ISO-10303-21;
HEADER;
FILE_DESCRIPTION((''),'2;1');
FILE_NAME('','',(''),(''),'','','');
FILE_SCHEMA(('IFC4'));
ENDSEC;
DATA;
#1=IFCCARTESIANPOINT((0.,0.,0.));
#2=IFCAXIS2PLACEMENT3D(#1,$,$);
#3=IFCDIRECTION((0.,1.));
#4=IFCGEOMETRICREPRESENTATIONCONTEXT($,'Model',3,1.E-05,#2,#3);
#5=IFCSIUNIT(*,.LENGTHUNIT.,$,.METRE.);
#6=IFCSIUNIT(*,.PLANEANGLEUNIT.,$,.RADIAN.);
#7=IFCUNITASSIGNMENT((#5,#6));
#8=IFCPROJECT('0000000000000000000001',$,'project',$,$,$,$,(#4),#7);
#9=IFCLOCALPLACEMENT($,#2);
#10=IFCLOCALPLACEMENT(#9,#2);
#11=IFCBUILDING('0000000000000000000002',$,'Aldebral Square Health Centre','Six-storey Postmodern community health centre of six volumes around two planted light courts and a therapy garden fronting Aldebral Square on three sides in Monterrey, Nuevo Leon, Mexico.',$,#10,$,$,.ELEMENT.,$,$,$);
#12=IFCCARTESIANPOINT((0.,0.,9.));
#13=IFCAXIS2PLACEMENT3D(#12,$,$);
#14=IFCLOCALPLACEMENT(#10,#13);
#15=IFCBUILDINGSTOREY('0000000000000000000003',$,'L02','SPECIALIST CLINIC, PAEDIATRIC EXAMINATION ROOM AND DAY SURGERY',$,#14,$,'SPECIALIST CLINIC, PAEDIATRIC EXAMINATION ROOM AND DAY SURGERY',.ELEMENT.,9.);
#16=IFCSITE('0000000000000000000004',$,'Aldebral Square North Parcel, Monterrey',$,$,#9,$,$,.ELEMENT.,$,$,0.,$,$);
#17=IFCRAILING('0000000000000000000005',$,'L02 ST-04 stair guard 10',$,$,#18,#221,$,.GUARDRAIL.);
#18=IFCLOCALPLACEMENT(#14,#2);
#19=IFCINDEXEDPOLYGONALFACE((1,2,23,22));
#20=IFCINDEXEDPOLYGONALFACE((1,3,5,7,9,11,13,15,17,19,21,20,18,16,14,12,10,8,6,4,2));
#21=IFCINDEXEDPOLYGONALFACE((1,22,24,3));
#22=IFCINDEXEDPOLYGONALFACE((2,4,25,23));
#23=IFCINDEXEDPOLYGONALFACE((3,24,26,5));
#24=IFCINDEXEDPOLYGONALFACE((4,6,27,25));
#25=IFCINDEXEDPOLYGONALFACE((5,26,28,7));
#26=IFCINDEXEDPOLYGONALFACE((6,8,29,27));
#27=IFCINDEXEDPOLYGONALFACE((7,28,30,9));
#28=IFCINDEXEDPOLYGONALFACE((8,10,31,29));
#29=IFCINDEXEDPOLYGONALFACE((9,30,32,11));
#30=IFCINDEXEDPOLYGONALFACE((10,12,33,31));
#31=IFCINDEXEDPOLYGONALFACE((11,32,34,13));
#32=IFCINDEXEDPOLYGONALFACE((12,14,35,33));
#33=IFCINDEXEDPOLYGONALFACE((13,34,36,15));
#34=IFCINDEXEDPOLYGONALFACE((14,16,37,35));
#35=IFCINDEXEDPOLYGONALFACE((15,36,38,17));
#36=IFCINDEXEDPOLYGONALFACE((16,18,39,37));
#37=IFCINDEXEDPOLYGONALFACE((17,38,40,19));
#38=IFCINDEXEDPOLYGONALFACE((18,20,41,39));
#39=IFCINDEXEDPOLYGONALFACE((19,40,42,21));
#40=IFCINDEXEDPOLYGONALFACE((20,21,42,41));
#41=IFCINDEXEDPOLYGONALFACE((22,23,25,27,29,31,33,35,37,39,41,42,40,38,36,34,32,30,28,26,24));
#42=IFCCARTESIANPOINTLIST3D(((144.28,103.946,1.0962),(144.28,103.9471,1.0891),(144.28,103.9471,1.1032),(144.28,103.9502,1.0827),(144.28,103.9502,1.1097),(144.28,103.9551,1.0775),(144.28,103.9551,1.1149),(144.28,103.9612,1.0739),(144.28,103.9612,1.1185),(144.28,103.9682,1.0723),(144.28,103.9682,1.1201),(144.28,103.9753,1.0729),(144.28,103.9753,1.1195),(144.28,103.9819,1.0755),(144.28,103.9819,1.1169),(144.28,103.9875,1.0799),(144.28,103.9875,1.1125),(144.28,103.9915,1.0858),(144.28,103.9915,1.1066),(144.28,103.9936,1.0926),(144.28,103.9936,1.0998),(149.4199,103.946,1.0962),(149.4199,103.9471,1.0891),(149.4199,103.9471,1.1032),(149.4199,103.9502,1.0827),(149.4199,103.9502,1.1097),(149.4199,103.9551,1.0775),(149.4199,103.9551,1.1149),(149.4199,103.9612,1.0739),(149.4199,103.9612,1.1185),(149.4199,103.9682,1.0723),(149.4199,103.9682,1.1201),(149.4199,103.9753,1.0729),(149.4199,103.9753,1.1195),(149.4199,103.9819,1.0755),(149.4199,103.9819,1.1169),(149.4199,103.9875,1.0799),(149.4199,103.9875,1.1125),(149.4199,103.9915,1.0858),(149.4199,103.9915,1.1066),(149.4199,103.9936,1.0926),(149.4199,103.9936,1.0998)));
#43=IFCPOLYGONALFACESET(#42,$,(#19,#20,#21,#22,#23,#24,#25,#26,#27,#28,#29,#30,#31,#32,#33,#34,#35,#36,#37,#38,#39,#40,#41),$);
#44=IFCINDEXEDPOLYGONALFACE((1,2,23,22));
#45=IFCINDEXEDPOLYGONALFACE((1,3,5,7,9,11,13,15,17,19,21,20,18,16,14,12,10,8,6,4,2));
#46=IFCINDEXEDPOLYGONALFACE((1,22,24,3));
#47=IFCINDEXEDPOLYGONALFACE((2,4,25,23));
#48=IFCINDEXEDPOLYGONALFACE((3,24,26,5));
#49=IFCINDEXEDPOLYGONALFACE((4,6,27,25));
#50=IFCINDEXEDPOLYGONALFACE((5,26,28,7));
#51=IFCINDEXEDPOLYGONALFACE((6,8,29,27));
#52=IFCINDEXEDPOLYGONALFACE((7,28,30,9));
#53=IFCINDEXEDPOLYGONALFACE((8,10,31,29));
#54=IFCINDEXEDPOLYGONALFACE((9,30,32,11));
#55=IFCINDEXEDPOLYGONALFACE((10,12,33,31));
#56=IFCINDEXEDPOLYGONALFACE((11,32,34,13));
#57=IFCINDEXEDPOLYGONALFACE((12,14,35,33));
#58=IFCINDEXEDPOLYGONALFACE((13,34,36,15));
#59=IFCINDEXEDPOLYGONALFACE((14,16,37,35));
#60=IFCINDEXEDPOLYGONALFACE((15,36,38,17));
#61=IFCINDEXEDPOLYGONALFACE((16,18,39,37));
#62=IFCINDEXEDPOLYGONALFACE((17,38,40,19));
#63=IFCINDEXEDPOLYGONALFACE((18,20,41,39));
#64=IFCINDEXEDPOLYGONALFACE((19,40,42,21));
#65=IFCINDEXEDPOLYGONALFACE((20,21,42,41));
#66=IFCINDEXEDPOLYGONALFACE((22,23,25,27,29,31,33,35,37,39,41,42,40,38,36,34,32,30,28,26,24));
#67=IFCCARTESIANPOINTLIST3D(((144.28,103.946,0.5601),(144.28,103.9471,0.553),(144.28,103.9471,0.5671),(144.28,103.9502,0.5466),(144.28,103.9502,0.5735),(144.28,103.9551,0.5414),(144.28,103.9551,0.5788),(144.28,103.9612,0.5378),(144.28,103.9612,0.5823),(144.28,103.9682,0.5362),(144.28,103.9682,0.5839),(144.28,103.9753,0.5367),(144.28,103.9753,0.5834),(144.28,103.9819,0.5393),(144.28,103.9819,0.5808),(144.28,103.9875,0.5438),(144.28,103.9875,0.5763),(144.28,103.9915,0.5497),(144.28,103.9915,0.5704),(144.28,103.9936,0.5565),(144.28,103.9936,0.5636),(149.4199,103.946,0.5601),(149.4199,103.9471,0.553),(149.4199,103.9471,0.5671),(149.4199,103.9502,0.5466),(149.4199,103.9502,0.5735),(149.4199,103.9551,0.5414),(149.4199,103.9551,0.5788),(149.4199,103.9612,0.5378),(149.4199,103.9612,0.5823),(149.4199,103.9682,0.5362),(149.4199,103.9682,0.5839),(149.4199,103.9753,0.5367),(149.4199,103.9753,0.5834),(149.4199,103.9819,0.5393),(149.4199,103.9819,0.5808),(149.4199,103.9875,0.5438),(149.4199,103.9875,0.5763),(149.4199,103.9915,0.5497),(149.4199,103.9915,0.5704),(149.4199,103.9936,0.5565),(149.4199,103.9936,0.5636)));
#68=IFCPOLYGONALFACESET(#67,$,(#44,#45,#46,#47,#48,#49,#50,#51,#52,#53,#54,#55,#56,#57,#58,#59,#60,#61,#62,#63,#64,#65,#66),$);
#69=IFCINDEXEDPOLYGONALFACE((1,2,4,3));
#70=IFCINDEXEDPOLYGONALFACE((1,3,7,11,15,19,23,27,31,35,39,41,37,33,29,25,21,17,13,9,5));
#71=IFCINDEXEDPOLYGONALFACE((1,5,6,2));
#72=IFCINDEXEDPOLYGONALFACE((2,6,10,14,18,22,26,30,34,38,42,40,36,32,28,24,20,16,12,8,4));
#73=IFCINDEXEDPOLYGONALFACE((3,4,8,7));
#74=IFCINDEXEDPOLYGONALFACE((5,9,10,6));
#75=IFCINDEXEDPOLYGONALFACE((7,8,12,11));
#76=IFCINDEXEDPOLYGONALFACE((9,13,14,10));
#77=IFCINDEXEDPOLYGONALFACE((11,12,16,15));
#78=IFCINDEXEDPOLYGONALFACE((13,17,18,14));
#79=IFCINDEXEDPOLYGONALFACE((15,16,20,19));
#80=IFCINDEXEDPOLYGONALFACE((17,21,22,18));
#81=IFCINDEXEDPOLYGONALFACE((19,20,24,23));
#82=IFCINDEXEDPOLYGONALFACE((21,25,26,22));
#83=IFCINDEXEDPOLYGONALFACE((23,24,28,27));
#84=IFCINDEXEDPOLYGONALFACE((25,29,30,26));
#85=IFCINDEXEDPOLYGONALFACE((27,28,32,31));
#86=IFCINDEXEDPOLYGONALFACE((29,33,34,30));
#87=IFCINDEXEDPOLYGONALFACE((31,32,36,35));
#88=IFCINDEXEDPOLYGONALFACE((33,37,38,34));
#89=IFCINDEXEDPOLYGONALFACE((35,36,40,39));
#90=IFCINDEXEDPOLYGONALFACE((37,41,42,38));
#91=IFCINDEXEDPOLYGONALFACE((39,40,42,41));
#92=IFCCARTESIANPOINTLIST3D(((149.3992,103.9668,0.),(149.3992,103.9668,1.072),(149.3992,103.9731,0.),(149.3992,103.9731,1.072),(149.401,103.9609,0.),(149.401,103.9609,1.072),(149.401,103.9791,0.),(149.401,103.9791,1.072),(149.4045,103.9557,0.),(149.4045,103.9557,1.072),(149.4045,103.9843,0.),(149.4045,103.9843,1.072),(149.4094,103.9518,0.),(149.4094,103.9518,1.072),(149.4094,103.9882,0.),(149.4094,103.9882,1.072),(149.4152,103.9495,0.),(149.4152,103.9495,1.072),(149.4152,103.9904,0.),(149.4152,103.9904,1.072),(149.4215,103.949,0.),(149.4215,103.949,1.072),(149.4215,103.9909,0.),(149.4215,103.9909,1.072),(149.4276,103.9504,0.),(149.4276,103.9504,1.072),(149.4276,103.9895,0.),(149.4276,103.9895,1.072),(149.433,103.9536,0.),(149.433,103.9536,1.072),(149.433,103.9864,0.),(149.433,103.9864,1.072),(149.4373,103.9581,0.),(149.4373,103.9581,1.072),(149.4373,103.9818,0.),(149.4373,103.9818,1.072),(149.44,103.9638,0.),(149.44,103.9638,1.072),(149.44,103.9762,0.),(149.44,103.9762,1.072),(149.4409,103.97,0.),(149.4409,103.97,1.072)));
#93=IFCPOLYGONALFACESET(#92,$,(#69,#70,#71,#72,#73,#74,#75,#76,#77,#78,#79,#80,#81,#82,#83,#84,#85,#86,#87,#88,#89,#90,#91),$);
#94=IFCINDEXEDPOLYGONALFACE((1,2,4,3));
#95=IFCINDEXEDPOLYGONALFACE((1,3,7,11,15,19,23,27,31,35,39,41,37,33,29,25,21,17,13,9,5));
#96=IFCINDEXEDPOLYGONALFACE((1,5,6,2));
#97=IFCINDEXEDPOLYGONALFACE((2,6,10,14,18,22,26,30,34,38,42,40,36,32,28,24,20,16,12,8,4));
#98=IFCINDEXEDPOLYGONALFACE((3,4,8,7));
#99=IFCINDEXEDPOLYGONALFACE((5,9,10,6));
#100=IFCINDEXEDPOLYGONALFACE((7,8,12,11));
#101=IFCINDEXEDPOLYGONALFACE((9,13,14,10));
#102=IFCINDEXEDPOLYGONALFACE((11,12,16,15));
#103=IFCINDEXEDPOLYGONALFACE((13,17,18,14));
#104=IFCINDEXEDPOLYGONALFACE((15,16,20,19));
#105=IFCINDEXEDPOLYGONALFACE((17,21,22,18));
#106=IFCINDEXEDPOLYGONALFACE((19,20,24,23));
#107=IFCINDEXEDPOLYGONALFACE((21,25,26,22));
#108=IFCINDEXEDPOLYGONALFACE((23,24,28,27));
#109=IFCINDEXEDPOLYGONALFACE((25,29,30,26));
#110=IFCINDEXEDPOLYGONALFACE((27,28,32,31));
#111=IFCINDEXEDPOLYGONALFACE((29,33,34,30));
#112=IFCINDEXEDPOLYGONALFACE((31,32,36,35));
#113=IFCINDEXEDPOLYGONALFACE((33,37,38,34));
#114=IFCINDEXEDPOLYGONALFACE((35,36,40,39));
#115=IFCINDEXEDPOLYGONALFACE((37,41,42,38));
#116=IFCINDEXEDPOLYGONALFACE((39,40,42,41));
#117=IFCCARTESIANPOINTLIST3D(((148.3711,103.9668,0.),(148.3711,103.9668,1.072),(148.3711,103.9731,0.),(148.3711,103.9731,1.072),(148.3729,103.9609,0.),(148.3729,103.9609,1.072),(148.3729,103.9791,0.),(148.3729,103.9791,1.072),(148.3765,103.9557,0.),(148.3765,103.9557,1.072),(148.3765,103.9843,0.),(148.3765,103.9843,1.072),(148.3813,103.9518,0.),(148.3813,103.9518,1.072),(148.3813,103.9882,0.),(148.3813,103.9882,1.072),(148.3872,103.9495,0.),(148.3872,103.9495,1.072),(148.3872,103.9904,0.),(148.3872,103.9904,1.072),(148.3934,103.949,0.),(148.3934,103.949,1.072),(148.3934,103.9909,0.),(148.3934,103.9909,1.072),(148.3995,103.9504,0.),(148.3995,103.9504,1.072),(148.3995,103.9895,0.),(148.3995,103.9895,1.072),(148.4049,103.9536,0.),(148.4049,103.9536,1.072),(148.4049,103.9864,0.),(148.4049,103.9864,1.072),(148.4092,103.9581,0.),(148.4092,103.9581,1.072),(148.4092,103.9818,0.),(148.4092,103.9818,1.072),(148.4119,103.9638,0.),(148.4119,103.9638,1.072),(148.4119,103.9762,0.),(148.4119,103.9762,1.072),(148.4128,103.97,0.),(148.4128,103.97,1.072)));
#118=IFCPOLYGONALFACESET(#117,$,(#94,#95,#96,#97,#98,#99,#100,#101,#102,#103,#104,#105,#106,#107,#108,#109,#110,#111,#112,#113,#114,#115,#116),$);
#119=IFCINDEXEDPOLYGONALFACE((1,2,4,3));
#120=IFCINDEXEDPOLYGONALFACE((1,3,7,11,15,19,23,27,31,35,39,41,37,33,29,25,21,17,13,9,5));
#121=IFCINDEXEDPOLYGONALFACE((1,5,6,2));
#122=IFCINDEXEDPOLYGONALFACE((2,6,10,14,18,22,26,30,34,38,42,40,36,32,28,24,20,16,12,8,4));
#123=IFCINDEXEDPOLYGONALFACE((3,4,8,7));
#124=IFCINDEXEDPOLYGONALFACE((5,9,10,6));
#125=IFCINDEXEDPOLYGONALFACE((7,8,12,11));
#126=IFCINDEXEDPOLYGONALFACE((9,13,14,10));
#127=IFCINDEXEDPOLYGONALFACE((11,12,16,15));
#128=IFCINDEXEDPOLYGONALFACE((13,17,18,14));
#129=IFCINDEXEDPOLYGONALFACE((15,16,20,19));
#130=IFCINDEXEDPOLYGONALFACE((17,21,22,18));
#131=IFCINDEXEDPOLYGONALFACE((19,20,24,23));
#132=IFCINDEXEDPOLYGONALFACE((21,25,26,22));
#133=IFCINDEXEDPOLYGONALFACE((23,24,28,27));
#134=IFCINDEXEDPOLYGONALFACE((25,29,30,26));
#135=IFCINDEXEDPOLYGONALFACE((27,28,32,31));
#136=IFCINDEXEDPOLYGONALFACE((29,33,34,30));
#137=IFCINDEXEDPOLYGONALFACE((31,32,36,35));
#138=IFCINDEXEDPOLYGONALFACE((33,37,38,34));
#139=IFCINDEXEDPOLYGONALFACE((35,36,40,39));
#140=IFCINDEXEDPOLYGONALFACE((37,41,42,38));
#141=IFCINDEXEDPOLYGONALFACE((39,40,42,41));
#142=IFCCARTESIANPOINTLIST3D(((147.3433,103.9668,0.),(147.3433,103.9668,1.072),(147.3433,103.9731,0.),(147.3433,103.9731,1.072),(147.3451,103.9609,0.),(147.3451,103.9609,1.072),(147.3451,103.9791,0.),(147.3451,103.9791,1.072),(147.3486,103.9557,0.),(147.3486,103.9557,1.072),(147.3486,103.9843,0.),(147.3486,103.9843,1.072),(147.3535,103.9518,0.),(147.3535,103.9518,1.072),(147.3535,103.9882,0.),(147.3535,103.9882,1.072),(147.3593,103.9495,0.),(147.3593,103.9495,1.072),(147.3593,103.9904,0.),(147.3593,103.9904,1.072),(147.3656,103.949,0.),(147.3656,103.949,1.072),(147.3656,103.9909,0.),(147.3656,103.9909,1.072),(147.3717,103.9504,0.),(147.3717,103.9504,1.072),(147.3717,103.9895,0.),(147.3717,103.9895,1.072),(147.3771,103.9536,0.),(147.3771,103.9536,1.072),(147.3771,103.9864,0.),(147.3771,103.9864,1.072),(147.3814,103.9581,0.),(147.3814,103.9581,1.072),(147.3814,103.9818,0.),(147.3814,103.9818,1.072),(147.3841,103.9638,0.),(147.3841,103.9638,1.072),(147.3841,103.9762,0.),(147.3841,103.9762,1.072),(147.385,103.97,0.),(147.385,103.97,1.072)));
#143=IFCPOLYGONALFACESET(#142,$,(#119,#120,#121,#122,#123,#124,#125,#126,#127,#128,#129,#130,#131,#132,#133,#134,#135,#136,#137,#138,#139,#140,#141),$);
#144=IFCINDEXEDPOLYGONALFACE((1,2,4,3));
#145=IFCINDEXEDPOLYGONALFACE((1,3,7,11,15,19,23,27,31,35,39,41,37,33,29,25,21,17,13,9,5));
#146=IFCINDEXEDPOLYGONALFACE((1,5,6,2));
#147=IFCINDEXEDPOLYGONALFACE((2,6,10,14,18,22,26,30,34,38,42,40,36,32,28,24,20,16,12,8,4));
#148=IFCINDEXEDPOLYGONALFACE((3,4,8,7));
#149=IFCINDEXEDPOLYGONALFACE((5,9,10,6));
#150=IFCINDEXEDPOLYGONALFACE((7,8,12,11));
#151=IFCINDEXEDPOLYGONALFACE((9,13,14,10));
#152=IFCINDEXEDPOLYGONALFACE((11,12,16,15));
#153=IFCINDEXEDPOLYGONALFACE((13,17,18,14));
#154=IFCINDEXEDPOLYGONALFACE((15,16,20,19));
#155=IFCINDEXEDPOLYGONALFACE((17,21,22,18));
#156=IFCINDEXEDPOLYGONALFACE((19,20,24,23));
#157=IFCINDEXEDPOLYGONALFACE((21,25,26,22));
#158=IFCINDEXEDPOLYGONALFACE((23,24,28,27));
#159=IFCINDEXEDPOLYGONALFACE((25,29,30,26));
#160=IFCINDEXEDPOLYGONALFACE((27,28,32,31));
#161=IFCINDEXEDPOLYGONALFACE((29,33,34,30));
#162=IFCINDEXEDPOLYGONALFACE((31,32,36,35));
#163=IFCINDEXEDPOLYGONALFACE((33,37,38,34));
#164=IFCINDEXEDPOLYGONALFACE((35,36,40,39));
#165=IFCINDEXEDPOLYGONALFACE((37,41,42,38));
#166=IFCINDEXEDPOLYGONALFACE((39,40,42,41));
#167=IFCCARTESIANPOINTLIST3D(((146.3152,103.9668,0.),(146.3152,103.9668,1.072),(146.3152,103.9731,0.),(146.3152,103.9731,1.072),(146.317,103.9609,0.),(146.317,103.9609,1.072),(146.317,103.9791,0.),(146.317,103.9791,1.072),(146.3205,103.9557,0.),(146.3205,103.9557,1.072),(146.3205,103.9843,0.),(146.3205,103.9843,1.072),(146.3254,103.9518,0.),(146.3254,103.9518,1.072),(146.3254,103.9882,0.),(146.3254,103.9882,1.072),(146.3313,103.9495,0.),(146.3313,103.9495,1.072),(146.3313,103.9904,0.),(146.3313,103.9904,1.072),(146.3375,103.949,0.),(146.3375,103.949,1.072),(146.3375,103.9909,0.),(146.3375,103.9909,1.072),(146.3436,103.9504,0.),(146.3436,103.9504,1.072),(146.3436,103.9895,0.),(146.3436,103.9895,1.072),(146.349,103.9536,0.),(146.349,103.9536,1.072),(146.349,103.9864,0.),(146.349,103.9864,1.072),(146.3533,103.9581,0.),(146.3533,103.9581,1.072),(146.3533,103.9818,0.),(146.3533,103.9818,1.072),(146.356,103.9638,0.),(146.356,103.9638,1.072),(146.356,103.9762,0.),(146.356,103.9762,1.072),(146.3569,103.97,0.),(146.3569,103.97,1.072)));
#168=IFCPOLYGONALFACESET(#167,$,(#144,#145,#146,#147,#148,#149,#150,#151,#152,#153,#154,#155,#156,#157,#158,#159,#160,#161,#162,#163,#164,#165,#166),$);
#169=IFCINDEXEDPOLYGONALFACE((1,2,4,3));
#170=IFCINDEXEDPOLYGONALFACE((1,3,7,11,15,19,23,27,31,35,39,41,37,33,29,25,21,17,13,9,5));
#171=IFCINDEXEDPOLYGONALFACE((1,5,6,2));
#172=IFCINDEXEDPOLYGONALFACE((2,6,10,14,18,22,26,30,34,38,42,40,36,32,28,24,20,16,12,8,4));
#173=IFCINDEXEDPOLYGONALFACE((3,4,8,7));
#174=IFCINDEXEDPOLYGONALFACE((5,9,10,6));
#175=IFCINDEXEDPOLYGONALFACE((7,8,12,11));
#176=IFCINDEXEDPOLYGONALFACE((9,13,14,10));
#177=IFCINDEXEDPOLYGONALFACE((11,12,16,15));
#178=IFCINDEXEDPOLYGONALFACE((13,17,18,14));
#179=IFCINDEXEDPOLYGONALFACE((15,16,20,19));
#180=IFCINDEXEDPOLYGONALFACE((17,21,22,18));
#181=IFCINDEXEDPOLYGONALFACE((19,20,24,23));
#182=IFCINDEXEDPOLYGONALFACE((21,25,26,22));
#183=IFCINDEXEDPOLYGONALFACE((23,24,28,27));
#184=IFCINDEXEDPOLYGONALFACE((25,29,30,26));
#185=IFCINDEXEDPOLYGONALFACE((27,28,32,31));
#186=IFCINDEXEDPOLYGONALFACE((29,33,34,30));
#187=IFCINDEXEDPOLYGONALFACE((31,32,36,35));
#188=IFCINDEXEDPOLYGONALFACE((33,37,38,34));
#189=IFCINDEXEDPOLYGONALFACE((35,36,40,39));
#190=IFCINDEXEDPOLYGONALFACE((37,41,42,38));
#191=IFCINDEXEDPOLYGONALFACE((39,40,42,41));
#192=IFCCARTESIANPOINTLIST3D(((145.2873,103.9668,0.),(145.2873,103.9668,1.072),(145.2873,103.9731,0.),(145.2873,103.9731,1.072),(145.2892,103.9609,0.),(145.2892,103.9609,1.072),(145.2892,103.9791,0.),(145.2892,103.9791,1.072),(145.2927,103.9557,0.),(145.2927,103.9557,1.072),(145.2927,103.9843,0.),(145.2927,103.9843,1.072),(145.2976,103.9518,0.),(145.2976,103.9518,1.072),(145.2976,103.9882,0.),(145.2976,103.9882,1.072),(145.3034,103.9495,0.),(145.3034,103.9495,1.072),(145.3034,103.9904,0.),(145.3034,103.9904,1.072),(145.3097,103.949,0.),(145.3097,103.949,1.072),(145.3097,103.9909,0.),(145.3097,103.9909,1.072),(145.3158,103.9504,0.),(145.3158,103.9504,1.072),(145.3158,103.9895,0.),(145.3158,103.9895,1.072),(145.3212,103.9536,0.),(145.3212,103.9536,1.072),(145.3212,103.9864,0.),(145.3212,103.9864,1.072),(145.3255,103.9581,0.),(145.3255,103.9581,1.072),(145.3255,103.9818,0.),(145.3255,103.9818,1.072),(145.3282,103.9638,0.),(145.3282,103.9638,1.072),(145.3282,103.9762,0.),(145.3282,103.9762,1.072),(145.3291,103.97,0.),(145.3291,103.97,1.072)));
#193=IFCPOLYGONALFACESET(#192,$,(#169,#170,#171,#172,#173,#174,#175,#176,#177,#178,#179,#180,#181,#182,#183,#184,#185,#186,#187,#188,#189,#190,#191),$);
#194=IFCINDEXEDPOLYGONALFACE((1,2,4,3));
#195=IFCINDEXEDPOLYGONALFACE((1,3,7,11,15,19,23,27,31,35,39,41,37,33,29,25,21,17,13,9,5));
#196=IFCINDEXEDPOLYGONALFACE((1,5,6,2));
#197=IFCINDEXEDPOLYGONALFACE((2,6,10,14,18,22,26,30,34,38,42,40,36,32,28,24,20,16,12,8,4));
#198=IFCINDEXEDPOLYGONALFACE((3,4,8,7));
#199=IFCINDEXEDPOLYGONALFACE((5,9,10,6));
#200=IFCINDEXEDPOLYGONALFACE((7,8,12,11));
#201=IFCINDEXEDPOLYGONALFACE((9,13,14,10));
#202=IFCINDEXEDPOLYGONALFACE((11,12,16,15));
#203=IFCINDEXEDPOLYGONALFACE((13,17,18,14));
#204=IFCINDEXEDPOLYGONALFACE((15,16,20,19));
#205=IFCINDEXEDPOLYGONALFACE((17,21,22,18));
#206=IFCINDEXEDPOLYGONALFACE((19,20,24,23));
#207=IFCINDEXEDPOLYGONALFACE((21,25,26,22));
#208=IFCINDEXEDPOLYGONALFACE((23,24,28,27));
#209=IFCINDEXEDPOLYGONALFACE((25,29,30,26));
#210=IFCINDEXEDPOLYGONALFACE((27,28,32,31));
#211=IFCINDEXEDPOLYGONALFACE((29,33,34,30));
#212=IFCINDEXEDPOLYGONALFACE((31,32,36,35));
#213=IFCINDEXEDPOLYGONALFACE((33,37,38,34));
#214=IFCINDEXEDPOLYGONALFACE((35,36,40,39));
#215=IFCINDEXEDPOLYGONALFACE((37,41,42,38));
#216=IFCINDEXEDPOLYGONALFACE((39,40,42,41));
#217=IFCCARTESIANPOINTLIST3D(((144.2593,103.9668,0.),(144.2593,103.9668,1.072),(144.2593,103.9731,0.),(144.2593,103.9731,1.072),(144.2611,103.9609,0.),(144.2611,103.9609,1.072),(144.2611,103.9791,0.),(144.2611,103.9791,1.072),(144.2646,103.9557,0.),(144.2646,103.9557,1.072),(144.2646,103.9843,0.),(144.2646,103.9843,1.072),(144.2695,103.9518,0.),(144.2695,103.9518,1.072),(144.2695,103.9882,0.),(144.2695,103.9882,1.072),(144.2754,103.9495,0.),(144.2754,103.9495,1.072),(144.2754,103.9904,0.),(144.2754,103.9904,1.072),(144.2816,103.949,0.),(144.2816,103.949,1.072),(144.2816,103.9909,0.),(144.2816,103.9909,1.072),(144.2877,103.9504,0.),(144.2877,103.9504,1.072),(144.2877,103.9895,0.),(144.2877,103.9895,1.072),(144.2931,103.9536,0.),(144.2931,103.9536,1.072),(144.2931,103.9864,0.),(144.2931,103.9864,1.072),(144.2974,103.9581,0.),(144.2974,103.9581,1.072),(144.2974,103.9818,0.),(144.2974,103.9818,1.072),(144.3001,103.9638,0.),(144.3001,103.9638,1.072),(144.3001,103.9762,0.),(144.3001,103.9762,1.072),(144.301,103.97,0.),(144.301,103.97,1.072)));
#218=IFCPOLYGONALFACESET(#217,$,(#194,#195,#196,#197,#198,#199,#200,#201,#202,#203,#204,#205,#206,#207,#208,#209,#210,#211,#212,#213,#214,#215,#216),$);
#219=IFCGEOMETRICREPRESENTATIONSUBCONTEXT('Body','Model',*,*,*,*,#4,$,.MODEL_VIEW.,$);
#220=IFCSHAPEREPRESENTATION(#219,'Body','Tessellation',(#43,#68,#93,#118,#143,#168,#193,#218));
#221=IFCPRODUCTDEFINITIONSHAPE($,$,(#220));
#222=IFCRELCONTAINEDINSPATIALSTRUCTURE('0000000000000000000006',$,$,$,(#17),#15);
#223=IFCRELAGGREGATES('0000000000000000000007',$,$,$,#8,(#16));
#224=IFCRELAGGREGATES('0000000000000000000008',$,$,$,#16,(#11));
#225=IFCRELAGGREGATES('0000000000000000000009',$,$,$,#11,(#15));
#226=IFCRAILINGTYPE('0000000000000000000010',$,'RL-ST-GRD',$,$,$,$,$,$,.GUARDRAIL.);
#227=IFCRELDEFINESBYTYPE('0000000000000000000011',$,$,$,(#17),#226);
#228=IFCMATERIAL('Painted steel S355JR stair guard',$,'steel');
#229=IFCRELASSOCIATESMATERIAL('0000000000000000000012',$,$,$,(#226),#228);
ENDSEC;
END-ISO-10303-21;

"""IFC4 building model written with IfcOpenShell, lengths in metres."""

from ifc_helpers import new_model, si_unit, direction, frame, origin, origin_2d, place, context, subcontext, project, spatial, circle, extrude, material, type_object, element, save


model = new_model("IFC4")

# Units and contexts
model_context = context("Model", 3, precision=1e-05, world=origin(), true_north=direction((0.0, 1.0)))
body_context = subcontext(model_context, "Body", "Model", "MODEL_VIEW")
ifc_project = project(units=[si_unit("LENGTHUNIT", "METRE"), si_unit("PLANEANGLEUNIT", "RADIAN")], contexts=[model_context])

# Site, building, storey
site_placement = place(None, origin())
site = spatial("IfcSite", under=ifc_project, at=site_placement, Name="Aldebral Square North Parcel, Monterrey", CompositionType="ELEMENT", RefElevation=0.0)
building_placement = place(site_placement, origin())
building = spatial("IfcBuilding", under=site, at=building_placement, Name="Aldebral Square Health Centre", Description="Six-storey Postmodern community health centre of six volumes around two planted light courts and a therapy garden fronting Aldebral Square on three sides in Monterrey, Nuevo Leon, Mexico.", CompositionType="ELEMENT")
storey_placement = place(building_placement, frame((0.0, 0.0, 9.0)))
storey = spatial("IfcBuildingStorey", under=building, at=storey_placement, Name="L02", Description="SPECIALIST CLINIC, PAEDIATRIC EXAMINATION ROOM AND DAY SURGERY", LongName="SPECIALIST CLINIC, PAEDIATRIC EXAMINATION ROOM AND DAY SURGERY", CompositionType="ELEMENT", Elevation=9.0)

# Railing
ifc_material_1 = material(Name="Painted steel S355JR stair guard", Category="steel")
railing_type_1 = type_object("IfcRailingType", Name="RL-ST-GRD", PredefinedType="GUARDRAIL", material=ifc_material_1)
railing_1_placement = place(storey_placement, frame((149.4199, 103.97, 0.0)))
element("IfcRailing", 1, at=railing_1_placement, inside=storey, type_object=railing_type_1, Name="L02 ST-04 stair guard 10", PredefinedType="GUARDRAIL", context=body_context, shape_type="SweptSolid", body=[
    extrude(circle(Radius=0.0239, at=origin_2d()), frame((0.0, 0.0, 1.0962), z_axis=(-1.0, 0.0, 0.0), x_axis=(0.0, -1.0, 0.0)), (0.0, 0.0, 1.0), 5.1399),
    extrude(circle(Radius=0.0239, at=origin_2d()), frame((0.0, 0.0, 0.5601), z_axis=(-1.0, 0.0, 0.0), x_axis=(0.0, -1.0, 0.0)), (0.0, 0.0, 1.0), 5.1399),
    extrude(circle(Radius=0.021, at=origin_2d()), origin(), (0.0, 0.0, 1.0), 1.072),
    extrude(circle(Radius=0.021, at=origin_2d()), frame((-1.0281, 0.0, 0.0)), (0.0, 0.0, 1.0), 1.072),
    extrude(circle(Radius=0.021, at=origin_2d()), frame((-2.0559, 0.0, 0.0)), (0.0, 0.0, 1.0), 1.072),
    extrude(circle(Radius=0.021, at=origin_2d()), frame((-3.084, 0.0, 0.0)), (0.0, 0.0, 1.0), 1.072),
    extrude(circle(Radius=0.021, at=origin_2d()), frame((-4.1118, 0.0, 0.0)), (0.0, 0.0, 1.0), 1.072),
    extrude(circle(Radius=0.021, at=origin_2d()), frame((-5.1399, 0.0, 0.0)), (0.0, 0.0, 1.0), 1.072),
])

save(model, "model.ifc")
